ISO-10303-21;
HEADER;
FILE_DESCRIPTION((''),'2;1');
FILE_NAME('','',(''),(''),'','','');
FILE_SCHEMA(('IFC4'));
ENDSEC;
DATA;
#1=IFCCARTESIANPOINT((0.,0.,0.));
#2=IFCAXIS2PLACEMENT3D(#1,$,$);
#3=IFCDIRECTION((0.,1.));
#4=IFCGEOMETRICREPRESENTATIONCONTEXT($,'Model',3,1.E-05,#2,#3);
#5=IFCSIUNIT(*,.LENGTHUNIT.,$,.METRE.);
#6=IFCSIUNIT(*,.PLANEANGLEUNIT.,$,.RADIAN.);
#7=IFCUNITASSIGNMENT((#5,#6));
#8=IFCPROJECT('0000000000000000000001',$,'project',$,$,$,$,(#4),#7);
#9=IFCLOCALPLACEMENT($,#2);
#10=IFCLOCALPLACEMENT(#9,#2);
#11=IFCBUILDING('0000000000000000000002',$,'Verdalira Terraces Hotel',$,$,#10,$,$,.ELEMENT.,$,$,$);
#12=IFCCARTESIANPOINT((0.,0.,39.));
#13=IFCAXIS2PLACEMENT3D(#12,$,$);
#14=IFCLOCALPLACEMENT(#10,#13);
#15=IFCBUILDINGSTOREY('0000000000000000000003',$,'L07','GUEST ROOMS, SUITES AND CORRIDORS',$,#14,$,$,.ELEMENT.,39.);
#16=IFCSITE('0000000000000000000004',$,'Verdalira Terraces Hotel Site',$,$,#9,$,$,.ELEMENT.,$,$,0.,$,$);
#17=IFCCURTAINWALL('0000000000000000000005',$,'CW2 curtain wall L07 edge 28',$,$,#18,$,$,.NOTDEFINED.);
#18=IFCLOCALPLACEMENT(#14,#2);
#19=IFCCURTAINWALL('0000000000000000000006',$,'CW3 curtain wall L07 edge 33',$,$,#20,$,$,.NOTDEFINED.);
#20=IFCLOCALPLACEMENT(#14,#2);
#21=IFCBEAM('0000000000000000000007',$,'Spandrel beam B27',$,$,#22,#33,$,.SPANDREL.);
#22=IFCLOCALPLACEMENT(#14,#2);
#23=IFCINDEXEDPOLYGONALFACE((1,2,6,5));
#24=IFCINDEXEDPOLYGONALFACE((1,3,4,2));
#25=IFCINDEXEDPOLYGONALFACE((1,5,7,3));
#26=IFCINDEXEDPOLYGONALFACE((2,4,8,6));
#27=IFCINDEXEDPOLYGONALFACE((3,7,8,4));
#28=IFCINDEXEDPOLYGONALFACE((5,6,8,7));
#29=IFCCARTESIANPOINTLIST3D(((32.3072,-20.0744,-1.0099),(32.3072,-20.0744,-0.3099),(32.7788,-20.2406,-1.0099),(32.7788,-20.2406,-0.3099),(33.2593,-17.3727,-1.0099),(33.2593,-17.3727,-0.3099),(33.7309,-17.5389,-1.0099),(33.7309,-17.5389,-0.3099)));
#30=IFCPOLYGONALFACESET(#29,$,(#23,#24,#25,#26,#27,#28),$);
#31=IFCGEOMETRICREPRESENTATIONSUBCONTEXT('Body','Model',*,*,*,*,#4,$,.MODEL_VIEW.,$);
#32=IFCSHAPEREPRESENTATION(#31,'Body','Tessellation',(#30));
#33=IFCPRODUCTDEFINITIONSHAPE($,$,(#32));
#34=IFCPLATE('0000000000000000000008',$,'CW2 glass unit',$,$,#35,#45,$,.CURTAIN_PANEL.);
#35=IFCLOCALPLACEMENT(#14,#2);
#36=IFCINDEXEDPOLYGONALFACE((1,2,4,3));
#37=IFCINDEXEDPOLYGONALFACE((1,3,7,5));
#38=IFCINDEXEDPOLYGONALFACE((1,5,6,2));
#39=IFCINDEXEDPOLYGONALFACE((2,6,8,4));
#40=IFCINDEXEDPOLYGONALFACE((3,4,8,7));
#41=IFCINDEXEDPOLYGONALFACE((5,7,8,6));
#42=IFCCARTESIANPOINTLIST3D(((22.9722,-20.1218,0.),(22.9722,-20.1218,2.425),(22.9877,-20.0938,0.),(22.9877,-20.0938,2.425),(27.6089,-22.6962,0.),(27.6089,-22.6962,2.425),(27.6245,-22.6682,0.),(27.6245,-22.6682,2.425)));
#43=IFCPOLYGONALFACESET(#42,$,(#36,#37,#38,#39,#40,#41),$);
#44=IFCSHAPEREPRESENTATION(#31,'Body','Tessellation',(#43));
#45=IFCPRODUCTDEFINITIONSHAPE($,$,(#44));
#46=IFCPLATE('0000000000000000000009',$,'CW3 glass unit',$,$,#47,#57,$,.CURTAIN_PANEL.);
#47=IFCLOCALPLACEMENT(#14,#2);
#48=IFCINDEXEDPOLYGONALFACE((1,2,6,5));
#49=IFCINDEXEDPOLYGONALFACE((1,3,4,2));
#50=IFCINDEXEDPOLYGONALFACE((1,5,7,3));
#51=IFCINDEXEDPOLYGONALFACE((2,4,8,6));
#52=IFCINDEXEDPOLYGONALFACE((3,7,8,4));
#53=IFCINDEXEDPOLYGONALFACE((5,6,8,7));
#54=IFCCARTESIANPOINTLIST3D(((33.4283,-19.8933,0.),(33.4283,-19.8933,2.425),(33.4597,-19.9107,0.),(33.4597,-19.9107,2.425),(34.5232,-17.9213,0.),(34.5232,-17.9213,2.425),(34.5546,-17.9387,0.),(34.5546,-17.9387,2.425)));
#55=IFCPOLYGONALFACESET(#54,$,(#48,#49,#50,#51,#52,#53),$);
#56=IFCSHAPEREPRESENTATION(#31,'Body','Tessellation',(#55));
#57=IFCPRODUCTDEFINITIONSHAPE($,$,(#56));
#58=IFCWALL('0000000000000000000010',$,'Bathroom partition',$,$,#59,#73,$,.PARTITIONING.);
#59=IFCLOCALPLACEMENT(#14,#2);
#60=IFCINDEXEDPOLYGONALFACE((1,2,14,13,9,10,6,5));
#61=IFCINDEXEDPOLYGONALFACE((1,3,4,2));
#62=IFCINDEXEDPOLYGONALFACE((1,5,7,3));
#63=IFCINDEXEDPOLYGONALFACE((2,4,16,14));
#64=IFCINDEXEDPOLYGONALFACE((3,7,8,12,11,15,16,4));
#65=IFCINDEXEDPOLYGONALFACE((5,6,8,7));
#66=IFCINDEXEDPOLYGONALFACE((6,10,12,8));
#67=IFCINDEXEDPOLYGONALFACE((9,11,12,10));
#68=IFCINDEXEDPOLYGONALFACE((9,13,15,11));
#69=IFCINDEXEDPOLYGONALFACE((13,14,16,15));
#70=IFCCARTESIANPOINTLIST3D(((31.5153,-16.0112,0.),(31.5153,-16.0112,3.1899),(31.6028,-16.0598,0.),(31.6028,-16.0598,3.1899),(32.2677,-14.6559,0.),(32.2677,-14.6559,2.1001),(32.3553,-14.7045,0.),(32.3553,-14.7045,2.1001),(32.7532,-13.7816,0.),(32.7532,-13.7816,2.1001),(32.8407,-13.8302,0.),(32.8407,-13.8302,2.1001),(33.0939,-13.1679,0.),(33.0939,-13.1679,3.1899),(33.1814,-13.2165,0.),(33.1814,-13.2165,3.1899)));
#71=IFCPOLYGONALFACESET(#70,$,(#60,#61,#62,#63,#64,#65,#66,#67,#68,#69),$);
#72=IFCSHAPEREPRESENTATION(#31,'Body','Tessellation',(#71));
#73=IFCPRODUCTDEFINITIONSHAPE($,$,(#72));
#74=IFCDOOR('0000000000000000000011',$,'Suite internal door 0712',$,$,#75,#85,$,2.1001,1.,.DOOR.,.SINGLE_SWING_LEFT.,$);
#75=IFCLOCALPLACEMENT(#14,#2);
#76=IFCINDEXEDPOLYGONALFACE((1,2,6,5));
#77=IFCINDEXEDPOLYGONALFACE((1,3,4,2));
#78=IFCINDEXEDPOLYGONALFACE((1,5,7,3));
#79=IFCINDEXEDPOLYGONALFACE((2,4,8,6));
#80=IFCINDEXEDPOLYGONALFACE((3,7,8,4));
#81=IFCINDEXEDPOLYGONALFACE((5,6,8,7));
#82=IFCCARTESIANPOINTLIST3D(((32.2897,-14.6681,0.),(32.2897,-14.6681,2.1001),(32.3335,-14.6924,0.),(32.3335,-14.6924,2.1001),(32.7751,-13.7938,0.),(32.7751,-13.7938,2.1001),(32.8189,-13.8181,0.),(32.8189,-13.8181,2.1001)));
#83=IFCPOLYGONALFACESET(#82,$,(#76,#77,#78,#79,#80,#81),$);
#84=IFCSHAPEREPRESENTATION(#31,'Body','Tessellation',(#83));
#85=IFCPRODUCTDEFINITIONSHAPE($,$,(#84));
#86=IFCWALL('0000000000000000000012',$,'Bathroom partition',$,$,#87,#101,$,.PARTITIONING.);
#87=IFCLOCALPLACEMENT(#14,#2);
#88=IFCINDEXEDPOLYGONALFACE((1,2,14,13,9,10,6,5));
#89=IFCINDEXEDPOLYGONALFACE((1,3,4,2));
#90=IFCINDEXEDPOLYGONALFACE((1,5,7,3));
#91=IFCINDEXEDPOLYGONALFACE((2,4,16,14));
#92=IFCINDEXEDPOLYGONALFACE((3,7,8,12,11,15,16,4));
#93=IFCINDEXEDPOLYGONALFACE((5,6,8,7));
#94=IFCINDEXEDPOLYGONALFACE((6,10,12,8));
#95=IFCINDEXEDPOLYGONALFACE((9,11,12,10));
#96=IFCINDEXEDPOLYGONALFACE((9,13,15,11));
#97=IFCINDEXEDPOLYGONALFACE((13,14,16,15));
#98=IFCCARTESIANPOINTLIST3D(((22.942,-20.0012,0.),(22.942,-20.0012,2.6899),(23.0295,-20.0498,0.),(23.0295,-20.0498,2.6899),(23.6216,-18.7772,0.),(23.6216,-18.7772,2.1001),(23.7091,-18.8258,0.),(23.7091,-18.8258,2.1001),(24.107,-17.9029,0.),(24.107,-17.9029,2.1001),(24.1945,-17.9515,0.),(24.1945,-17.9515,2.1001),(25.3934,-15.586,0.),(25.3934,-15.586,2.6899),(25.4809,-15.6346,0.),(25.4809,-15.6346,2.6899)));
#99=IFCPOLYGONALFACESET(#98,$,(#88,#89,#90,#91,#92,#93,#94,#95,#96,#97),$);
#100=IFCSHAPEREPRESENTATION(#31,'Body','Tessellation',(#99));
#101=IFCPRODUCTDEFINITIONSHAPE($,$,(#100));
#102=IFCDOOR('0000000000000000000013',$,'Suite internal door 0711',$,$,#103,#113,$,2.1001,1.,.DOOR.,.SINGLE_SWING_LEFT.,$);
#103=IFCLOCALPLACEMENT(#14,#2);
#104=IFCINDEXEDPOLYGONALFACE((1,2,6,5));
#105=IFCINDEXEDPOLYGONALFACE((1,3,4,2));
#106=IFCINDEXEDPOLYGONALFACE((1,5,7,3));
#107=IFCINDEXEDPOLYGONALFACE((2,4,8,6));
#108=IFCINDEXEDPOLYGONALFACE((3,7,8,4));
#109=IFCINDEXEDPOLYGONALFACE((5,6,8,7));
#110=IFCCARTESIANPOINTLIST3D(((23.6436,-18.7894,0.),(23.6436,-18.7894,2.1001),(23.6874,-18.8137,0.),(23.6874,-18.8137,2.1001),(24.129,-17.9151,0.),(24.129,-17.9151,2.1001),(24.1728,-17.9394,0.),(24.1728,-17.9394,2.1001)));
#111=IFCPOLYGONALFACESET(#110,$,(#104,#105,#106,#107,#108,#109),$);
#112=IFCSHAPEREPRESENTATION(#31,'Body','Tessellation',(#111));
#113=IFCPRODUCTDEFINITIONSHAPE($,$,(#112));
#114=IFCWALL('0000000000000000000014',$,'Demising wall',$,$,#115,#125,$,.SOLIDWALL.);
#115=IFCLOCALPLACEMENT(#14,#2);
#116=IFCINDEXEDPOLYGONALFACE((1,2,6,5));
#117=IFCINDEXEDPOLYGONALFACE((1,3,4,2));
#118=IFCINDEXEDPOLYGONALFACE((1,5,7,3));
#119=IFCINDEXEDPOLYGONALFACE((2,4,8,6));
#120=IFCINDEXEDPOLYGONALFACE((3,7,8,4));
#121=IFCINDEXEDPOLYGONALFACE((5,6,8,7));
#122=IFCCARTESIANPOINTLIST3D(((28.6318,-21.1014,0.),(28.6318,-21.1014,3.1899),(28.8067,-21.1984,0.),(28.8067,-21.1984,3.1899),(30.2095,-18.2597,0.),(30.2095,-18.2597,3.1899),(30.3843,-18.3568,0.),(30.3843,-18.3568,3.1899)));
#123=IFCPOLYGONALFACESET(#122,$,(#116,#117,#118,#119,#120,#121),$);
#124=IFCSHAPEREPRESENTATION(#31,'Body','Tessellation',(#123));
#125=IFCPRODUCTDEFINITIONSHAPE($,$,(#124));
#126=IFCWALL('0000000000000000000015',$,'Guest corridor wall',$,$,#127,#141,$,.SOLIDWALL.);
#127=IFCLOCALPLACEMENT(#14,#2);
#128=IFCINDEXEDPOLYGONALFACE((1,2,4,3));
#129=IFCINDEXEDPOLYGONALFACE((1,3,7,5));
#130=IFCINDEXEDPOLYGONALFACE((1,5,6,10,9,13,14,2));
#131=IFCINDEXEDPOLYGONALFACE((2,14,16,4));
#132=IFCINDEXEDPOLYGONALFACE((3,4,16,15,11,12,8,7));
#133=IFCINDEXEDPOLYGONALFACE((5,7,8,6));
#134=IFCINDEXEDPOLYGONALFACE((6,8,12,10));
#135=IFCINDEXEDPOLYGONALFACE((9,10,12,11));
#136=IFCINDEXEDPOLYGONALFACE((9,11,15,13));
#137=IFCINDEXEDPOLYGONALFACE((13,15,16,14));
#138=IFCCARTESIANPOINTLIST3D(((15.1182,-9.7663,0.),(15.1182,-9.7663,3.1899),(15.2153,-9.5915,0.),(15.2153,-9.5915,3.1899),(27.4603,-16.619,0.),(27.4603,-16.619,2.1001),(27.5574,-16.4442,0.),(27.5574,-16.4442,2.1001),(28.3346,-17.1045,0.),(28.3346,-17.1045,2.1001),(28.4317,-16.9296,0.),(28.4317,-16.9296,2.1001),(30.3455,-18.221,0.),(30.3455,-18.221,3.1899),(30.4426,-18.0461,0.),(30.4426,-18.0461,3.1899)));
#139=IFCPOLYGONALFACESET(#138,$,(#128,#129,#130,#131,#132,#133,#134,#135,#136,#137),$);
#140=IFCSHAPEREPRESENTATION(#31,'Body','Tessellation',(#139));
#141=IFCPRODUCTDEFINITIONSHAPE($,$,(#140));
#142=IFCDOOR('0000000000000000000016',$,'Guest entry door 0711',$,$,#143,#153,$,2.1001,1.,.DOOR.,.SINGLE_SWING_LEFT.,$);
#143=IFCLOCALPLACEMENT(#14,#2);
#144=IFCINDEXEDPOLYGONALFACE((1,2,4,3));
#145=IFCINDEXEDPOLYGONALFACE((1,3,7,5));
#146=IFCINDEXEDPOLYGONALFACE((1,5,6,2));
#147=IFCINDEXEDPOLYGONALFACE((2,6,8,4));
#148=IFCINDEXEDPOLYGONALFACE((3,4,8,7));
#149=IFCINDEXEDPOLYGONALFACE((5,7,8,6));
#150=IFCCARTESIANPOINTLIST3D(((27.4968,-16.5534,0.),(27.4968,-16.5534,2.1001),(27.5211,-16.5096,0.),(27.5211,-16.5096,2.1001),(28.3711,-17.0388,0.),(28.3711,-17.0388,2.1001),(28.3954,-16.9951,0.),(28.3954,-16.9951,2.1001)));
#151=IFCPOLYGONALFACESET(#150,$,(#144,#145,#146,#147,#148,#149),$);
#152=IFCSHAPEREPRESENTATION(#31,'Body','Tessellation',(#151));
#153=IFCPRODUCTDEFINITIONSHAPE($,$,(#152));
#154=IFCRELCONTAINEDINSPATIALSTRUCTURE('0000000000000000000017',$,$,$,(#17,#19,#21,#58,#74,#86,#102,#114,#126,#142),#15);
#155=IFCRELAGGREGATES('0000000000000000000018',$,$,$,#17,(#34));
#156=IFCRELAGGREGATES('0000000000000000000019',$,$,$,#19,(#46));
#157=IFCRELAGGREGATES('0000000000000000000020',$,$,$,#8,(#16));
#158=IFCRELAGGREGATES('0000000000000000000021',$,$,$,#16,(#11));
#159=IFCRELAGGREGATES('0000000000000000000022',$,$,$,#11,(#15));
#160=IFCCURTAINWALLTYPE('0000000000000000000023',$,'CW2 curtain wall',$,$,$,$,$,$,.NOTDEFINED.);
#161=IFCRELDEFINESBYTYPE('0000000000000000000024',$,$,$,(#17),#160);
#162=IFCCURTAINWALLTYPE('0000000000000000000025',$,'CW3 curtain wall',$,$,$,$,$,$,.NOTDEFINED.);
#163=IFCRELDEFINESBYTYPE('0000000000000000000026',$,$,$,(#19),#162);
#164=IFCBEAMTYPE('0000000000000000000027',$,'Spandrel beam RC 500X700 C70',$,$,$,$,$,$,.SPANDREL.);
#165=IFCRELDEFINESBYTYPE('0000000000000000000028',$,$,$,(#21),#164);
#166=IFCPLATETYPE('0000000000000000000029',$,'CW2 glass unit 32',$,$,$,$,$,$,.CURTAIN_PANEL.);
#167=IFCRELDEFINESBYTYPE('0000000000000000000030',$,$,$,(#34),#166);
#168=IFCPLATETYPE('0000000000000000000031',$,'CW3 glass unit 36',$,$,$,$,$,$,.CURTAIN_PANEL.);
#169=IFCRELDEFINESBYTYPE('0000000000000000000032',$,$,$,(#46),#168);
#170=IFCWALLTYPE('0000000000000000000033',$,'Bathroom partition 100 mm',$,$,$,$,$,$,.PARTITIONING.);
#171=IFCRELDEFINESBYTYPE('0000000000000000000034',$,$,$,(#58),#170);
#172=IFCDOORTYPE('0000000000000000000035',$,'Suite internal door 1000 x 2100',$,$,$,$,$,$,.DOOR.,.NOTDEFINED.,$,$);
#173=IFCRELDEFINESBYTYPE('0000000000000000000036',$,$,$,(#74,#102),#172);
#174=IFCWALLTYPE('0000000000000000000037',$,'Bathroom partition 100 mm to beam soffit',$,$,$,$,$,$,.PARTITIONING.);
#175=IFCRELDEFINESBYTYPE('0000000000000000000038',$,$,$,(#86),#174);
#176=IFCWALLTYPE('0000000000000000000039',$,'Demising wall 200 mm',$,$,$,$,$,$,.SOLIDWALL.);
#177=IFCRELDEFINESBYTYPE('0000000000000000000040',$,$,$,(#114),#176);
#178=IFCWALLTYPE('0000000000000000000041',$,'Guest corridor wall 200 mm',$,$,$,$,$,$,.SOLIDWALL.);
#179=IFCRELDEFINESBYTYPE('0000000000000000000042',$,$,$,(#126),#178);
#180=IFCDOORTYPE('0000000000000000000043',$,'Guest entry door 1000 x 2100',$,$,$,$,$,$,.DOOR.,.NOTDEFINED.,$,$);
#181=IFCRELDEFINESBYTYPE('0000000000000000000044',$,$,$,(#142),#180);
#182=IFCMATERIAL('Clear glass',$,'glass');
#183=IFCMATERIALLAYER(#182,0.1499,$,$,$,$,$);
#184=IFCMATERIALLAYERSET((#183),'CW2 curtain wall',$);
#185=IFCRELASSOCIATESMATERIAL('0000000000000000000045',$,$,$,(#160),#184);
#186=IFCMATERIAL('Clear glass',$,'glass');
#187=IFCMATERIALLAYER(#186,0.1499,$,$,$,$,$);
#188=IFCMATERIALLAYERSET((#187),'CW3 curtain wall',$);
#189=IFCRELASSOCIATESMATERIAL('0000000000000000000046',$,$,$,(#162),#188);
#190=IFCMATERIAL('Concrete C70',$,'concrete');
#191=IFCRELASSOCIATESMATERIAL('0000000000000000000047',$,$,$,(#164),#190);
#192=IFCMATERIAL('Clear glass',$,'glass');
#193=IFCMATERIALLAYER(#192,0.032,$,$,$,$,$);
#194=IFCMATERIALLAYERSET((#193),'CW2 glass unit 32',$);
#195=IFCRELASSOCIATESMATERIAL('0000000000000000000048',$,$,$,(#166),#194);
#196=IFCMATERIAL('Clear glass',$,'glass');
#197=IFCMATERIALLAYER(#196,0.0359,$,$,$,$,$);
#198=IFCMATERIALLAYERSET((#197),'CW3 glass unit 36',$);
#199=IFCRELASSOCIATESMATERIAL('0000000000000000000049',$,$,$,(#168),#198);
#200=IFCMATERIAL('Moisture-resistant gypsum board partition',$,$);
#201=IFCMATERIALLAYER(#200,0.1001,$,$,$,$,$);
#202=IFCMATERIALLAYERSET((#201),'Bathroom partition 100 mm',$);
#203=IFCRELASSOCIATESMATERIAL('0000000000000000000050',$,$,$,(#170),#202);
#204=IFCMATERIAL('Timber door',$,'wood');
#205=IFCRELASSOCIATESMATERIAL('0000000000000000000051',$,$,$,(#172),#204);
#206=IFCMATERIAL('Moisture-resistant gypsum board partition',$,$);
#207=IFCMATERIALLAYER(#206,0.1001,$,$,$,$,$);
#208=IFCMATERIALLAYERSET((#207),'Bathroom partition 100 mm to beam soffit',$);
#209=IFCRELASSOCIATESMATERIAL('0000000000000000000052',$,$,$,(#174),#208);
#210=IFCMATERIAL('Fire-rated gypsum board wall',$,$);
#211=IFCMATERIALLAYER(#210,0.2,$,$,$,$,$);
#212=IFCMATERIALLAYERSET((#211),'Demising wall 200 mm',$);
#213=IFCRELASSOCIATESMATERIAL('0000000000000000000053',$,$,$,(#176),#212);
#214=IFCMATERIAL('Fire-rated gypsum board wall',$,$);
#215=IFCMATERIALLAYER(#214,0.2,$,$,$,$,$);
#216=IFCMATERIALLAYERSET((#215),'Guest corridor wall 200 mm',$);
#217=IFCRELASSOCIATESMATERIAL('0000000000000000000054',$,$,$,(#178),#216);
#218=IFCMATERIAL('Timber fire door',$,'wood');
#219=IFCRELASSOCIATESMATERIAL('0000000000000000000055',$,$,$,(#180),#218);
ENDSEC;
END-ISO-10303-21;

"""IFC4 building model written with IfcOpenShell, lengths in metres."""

from ifc_helpers import new_model, si_unit, direction, frame, frame_2d, origin, origin_2d, place, context, subcontext, project, spatial, rectangle, extrude, material, layer, layer_set, material_profile, profile_set, type_object, element, fill, aggregate, save


model = new_model("IFC4")

# Units and contexts
model_context = context("Model", 3, precision=1e-05, world=origin(), true_north=direction((0.0, 1.0)))
body_context = subcontext(model_context, "Body", "Model", "MODEL_VIEW")
ifc_project = project(units=[si_unit("LENGTHUNIT", "METRE"), si_unit("PLANEANGLEUNIT", "RADIAN")], contexts=[model_context])

# Site, building, storey
site_placement = place(None, origin())
site = spatial("IfcSite", under=ifc_project, at=site_placement, Name="Verdalira Terraces Hotel Site", CompositionType="ELEMENT", RefElevation=0.0)
building_placement = place(site_placement, origin())
building = spatial("IfcBuilding", under=site, at=building_placement, Name="Verdalira Terraces Hotel", CompositionType="ELEMENT")
storey_placement = place(building_placement, frame((0.0, 0.0, 39.0)))
storey = spatial("IfcBuildingStorey", under=building, at=storey_placement, Name="L07", Description="GUEST ROOMS, SUITES AND CORRIDORS", CompositionType="ELEMENT", Elevation=39.0)

# Curtain walls
ifc_material_1 = material(Name="Clear glass", Category="glass")
ifc_layer_1 = layer(ifc_material_1, 0.1499)
ifc_layer_set_1 = layer_set([ifc_layer_1], Name="CW2 curtain wall")
curtain_wall_type_1 = type_object("IfcCurtainWallType", Name="CW2 curtain wall", PredefinedType="NOTDEFINED", material=ifc_layer_set_1)
curtain_wall_1_placement = place(storey_placement, origin())
curtain_wall_1 = element("IfcCurtainWall", 1, at=curtain_wall_1_placement, inside=storey, type_object=curtain_wall_type_1, Name="CW2 curtain wall L07 edge 28", PredefinedType="NOTDEFINED")
ifc_material_2 = material(Name="Clear glass", Category="glass")
ifc_layer_2 = layer(ifc_material_2, 0.1499)
ifc_layer_set_2 = layer_set([ifc_layer_2], Name="CW3 curtain wall")
curtain_wall_type_2 = type_object("IfcCurtainWallType", Name="CW3 curtain wall", PredefinedType="NOTDEFINED", material=ifc_layer_set_2)
curtain_wall_2_placement = place(storey_placement, origin())
curtain_wall_2 = element("IfcCurtainWall", 2, at=curtain_wall_2_placement, inside=storey, type_object=curtain_wall_type_2, Name="CW3 curtain wall L07 edge 33", PredefinedType="NOTDEFINED")

# Beam
ifc_material_3 = material(Name="Concrete C70", Category="concrete")
ifc_material_profile_1 = material_profile(ifc_material_3, rectangle(XDim=0.5, YDim=0.7, at=origin_2d()), Name="RC 500X700")
ifc_profile_set_1 = profile_set([ifc_material_profile_1], Name="Concrete C70")
beam_type = type_object("IfcBeamType", Name="Spandrel beam RC 500X700 C70", PredefinedType="SPANDREL", material=ifc_profile_set_1)
beam_1_placement = place(storey_placement, frame((32.543, -20.1575, -0.6599), z_axis=(0.332392, 0.943141, 0.0), x_axis=(-0.943141, 0.332392, 0.0)))
element("IfcBeam", 3, at=beam_1_placement, inside=storey, type_object=beam_type, Name="Spandrel beam B27", PredefinedType="SPANDREL", context=body_context, shape_type="SweptSolid", body=[
    extrude(rectangle(XDim=0.5, YDim=0.7, at=origin_2d()), origin(), (0.0, 0.0, 1.0), 2.8645),
])

# Plates
ifc_material_4 = material(Name="Clear glass", Category="glass")
ifc_layer_3 = layer(ifc_material_4, 0.032)
ifc_layer_set_3 = layer_set([ifc_layer_3], Name="CW2 glass unit 32")
plate_type_1 = type_object("IfcPlateType", Name="CW2 glass unit 32", PredefinedType="CURTAIN_PANEL", material=ifc_layer_set_3)
plate_1_placement = place(storey_placement, frame((25.2983, -21.395, 0.0), z_axis=(0.0, 0.0, 1.0), x_axis=(0.874281, -0.48542, 0.0)))
plate_1 = element("IfcPlate", 4, at=plate_1_placement, type_object=plate_type_1, Name="CW2 glass unit", PredefinedType="CURTAIN_PANEL", context=body_context, shape_type="SweptSolid", body=[
    extrude(rectangle(XDim=5.3035, YDim=0.032, at=origin_2d()), origin(), (0.0, 0.0, 1.0), 2.425),
])
aggregate(curtain_wall_1, [plate_1])
ifc_material_5 = material(Name="Clear glass", Category="glass")
ifc_layer_4 = layer(ifc_material_5, 0.0359)
ifc_layer_set_4 = layer_set([ifc_layer_4], Name="CW3 glass unit 36")
plate_type_2 = type_object("IfcPlateType", Name="CW3 glass unit 36", PredefinedType="CURTAIN_PANEL", material=ifc_layer_set_4)
plate_2_placement = place(storey_placement, frame((33.9915, -18.916, 0.0), z_axis=(0.0, 0.0, 1.0), x_axis=(0.48542, 0.874281, 0.0)))
plate_2 = element("IfcPlate", 5, at=plate_2_placement, type_object=plate_type_2, Name="CW3 glass unit", PredefinedType="CURTAIN_PANEL", context=body_context, shape_type="SweptSolid", body=[
    extrude(rectangle(XDim=2.2556, YDim=0.0359, at=origin_2d()), origin(), (0.0, 0.0, 1.0), 2.425),
])
aggregate(curtain_wall_2, [plate_2])

# Walls, openings, doors
ifc_material_6 = material(Name="Moisture-resistant gypsum board partition")
ifc_layer_5 = layer(ifc_material_6, 0.1001)
ifc_layer_set_5 = layer_set([ifc_layer_5], Name="Bathroom partition 100 mm")
wall_type_1 = type_object("IfcWallType", Name="Bathroom partition 100 mm", PredefinedType="PARTITIONING", material=ifc_layer_set_5)
wall_1_placement = place(storey_placement, frame((31.5591, -16.0354, 0.0), z_axis=(0.0, 0.0, 1.0), x_axis=(0.485413, 0.874285, 0.0)))
wall_1 = element("IfcWall", 6, at=wall_1_placement, inside=storey, type_object=wall_type_1, Name="Bathroom partition", PredefinedType="PARTITIONING", context=body_context, shape_type="SweptSolid", body=[
    extrude(rectangle(XDim=3.2522, YDim=0.1001, at=frame_2d((1.626, 0.0))), origin(), (0.0, 0.0, 1.0), 3.1899),
])
opening_1_placement = place(wall_1_placement, frame((1.55, 0.0, 0.0)))
opening_1 = element("IfcOpeningElement", 7, at=opening_1_placement, cuts=wall_1, PredefinedType="OPENING", context=body_context, shape_type="SweptSolid", body=[
    extrude(rectangle(XDim=1.0, YDim=2.1001, at=frame_2d((0.5, 1.05))), frame((0.0, 0.0601, 0.0), z_axis=(0.0, -1.0, 0.0), x_axis=(1.0, 0.0, 0.0)), (0.0, 0.0, 1.0), 0.1201),
])
ifc_material_7 = material(Name="Timber door", Category="wood")
door_type_1 = type_object("IfcDoorType", Name="Suite internal door 1000 x 2100", OperationType="NOTDEFINED", PredefinedType="DOOR", material=ifc_material_7)
door_1_placement = place(opening_1_placement, origin())
door_1 = element("IfcDoor", 8, at=door_1_placement, inside=storey, type_object=door_type_1, Name="Suite internal door 0712", OperationType="SINGLE_SWING_LEFT", OverallHeight=2.1001, OverallWidth=1.0, PredefinedType="DOOR", context=body_context, shape_type="SweptSolid", body=[
    extrude(rectangle(XDim=1.0, YDim=2.1001, at=frame_2d((0.5, 1.05))), frame((0.0, 0.0249, 0.0), z_axis=(0.0, -1.0, 0.0), x_axis=(1.0, 0.0, 0.0)), (0.0, 0.0, 1.0), 0.05),
])
fill(opening_1, door_1)
ifc_material_8 = material(Name="Moisture-resistant gypsum board partition")
ifc_layer_6 = layer(ifc_material_8, 0.1001)
ifc_layer_set_6 = layer_set([ifc_layer_6], Name="Bathroom partition 100 mm to beam soffit")
wall_type_2 = type_object("IfcWallType", Name="Bathroom partition 100 mm to beam soffit", PredefinedType="PARTITIONING", material=ifc_layer_set_6)
wall_2_placement = place(storey_placement, frame((22.9858, -20.0254, 0.0), z_axis=(0.0, 0.0, 1.0), x_axis=(0.485413, 0.874285, 0.0)))
wall_2 = element("IfcWall", 9, at=wall_2_placement, inside=storey, type_object=wall_type_2, Name="Bathroom partition", PredefinedType="PARTITIONING", context=body_context, shape_type="SweptSolid", body=[
    extrude(rectangle(XDim=5.05, YDim=0.1001, at=frame_2d((2.5249, 0.0))), origin(), (0.0, 0.0, 1.0), 2.6899),
])
opening_2_placement = place(wall_2_placement, frame((1.3999, 0.0, 0.0)))
opening_2 = element("IfcOpeningElement", 10, at=opening_2_placement, cuts=wall_2, PredefinedType="OPENING", context=body_context, shape_type="SweptSolid", body=[
    extrude(rectangle(XDim=1.0, YDim=2.1001, at=frame_2d((0.5, 1.05))), frame((0.0, 0.0601, 0.0), z_axis=(0.0, -1.0, 0.0), x_axis=(1.0, 0.0, 0.0)), (0.0, 0.0, 1.0), 0.1201),
])
door_2_placement = place(opening_2_placement, origin())
door_2 = element("IfcDoor", 11, at=door_2_placement, inside=storey, type_object=door_type_1, Name="Suite internal door 0711", OperationType="SINGLE_SWING_LEFT", OverallHeight=2.1001, OverallWidth=1.0, PredefinedType="DOOR", context=body_context, shape_type="SweptSolid", body=[
    extrude(rectangle(XDim=1.0, YDim=2.1001, at=frame_2d((0.5, 1.05))), frame((0.0, 0.0249, 0.0), z_axis=(0.0, -1.0, 0.0), x_axis=(1.0, 0.0, 0.0)), (0.0, 0.0, 1.0), 0.05),
])
fill(opening_2, door_2)

# Wall
ifc_material_9 = material(Name="Fire-rated gypsum board wall")
ifc_layer_7 = layer(ifc_material_9, 0.2)
ifc_layer_set_7 = layer_set([ifc_layer_7], Name="Demising wall 200 mm")
wall_type_3 = type_object("IfcWallType", Name="Demising wall 200 mm", PredefinedType="SOLIDWALL", material=ifc_layer_set_7)
wall_3_placement = place(storey_placement, frame((30.2969, -18.3084, 0.0), z_axis=(0.0, 0.0, 1.0), x_axis=(-0.485407, -0.874288, 0.0)))
element("IfcWall", 12, at=wall_3_placement, inside=storey, type_object=wall_type_3, Name="Demising wall", PredefinedType="SOLIDWALL", context=body_context, shape_type="SweptSolid", body=[
    extrude(rectangle(XDim=3.2502, YDim=0.2, at=frame_2d((1.625, 0.0))), origin(), (0.0, 0.0, 1.0), 3.1899),
])

# Wall, opening, door
ifc_material_10 = material(Name="Fire-rated gypsum board wall")
ifc_layer_8 = layer(ifc_material_10, 0.2)
ifc_layer_set_8 = layer_set([ifc_layer_8], Name="Guest corridor wall 200 mm")
wall_type_4 = type_object("IfcWallType", Name="Guest corridor wall 200 mm", PredefinedType="SOLIDWALL", material=ifc_layer_set_8)
wall_4_placement = place(storey_placement, frame((30.394, -18.1335, 0.0), z_axis=(0.0, 0.0, 1.0), x_axis=(-0.87428, 0.485423, 0.0)))
wall_4 = element("IfcWall", 13, at=wall_4_placement, inside=storey, type_object=wall_type_4, Name="Guest corridor wall", PredefinedType="SOLIDWALL", context=body_context, shape_type="SweptSolid", body=[
    extrude(rectangle(XDim=17.417, YDim=0.2, at=frame_2d((8.7085, 0.0))), origin(), (0.0, 0.0, 1.0), 3.1899),
])
opening_3_placement = place(wall_4_placement, frame((2.3, 0.0, 0.0)))
opening_3 = element("IfcOpeningElement", 14, at=opening_3_placement, cuts=wall_4, PredefinedType="OPENING", context=body_context, shape_type="SweptSolid", body=[
    extrude(rectangle(XDim=1.0, YDim=2.1001, at=frame_2d((0.5, 1.05))), frame((0.0, 0.1099, 0.0), z_axis=(0.0, -1.0, 0.0), x_axis=(1.0, 0.0, 0.0)), (0.0, 0.0, 1.0), 0.22),
])
ifc_material_11 = material(Name="Timber fire door", Category="wood")
door_type_2 = type_object("IfcDoorType", Name="Guest entry door 1000 x 2100", OperationType="NOTDEFINED", PredefinedType="DOOR", material=ifc_material_11)
door_3_placement = place(opening_3_placement, origin())
door_3 = element("IfcDoor", 15, at=door_3_placement, inside=storey, type_object=door_type_2, Name="Guest entry door 0711", OperationType="SINGLE_SWING_LEFT", OverallHeight=2.1001, OverallWidth=1.0, PredefinedType="DOOR", context=body_context, shape_type="SweptSolid", body=[
    extrude(rectangle(XDim=1.0, YDim=2.1001, at=frame_2d((0.5, 1.05))), frame((0.0, 0.0249, 0.0), z_axis=(0.0, -1.0, 0.0), x_axis=(1.0, 0.0, 0.0)), (0.0, 0.0, 1.0), 0.05),
])
fill(opening_3, door_3)

save(model, "model.ifc")
